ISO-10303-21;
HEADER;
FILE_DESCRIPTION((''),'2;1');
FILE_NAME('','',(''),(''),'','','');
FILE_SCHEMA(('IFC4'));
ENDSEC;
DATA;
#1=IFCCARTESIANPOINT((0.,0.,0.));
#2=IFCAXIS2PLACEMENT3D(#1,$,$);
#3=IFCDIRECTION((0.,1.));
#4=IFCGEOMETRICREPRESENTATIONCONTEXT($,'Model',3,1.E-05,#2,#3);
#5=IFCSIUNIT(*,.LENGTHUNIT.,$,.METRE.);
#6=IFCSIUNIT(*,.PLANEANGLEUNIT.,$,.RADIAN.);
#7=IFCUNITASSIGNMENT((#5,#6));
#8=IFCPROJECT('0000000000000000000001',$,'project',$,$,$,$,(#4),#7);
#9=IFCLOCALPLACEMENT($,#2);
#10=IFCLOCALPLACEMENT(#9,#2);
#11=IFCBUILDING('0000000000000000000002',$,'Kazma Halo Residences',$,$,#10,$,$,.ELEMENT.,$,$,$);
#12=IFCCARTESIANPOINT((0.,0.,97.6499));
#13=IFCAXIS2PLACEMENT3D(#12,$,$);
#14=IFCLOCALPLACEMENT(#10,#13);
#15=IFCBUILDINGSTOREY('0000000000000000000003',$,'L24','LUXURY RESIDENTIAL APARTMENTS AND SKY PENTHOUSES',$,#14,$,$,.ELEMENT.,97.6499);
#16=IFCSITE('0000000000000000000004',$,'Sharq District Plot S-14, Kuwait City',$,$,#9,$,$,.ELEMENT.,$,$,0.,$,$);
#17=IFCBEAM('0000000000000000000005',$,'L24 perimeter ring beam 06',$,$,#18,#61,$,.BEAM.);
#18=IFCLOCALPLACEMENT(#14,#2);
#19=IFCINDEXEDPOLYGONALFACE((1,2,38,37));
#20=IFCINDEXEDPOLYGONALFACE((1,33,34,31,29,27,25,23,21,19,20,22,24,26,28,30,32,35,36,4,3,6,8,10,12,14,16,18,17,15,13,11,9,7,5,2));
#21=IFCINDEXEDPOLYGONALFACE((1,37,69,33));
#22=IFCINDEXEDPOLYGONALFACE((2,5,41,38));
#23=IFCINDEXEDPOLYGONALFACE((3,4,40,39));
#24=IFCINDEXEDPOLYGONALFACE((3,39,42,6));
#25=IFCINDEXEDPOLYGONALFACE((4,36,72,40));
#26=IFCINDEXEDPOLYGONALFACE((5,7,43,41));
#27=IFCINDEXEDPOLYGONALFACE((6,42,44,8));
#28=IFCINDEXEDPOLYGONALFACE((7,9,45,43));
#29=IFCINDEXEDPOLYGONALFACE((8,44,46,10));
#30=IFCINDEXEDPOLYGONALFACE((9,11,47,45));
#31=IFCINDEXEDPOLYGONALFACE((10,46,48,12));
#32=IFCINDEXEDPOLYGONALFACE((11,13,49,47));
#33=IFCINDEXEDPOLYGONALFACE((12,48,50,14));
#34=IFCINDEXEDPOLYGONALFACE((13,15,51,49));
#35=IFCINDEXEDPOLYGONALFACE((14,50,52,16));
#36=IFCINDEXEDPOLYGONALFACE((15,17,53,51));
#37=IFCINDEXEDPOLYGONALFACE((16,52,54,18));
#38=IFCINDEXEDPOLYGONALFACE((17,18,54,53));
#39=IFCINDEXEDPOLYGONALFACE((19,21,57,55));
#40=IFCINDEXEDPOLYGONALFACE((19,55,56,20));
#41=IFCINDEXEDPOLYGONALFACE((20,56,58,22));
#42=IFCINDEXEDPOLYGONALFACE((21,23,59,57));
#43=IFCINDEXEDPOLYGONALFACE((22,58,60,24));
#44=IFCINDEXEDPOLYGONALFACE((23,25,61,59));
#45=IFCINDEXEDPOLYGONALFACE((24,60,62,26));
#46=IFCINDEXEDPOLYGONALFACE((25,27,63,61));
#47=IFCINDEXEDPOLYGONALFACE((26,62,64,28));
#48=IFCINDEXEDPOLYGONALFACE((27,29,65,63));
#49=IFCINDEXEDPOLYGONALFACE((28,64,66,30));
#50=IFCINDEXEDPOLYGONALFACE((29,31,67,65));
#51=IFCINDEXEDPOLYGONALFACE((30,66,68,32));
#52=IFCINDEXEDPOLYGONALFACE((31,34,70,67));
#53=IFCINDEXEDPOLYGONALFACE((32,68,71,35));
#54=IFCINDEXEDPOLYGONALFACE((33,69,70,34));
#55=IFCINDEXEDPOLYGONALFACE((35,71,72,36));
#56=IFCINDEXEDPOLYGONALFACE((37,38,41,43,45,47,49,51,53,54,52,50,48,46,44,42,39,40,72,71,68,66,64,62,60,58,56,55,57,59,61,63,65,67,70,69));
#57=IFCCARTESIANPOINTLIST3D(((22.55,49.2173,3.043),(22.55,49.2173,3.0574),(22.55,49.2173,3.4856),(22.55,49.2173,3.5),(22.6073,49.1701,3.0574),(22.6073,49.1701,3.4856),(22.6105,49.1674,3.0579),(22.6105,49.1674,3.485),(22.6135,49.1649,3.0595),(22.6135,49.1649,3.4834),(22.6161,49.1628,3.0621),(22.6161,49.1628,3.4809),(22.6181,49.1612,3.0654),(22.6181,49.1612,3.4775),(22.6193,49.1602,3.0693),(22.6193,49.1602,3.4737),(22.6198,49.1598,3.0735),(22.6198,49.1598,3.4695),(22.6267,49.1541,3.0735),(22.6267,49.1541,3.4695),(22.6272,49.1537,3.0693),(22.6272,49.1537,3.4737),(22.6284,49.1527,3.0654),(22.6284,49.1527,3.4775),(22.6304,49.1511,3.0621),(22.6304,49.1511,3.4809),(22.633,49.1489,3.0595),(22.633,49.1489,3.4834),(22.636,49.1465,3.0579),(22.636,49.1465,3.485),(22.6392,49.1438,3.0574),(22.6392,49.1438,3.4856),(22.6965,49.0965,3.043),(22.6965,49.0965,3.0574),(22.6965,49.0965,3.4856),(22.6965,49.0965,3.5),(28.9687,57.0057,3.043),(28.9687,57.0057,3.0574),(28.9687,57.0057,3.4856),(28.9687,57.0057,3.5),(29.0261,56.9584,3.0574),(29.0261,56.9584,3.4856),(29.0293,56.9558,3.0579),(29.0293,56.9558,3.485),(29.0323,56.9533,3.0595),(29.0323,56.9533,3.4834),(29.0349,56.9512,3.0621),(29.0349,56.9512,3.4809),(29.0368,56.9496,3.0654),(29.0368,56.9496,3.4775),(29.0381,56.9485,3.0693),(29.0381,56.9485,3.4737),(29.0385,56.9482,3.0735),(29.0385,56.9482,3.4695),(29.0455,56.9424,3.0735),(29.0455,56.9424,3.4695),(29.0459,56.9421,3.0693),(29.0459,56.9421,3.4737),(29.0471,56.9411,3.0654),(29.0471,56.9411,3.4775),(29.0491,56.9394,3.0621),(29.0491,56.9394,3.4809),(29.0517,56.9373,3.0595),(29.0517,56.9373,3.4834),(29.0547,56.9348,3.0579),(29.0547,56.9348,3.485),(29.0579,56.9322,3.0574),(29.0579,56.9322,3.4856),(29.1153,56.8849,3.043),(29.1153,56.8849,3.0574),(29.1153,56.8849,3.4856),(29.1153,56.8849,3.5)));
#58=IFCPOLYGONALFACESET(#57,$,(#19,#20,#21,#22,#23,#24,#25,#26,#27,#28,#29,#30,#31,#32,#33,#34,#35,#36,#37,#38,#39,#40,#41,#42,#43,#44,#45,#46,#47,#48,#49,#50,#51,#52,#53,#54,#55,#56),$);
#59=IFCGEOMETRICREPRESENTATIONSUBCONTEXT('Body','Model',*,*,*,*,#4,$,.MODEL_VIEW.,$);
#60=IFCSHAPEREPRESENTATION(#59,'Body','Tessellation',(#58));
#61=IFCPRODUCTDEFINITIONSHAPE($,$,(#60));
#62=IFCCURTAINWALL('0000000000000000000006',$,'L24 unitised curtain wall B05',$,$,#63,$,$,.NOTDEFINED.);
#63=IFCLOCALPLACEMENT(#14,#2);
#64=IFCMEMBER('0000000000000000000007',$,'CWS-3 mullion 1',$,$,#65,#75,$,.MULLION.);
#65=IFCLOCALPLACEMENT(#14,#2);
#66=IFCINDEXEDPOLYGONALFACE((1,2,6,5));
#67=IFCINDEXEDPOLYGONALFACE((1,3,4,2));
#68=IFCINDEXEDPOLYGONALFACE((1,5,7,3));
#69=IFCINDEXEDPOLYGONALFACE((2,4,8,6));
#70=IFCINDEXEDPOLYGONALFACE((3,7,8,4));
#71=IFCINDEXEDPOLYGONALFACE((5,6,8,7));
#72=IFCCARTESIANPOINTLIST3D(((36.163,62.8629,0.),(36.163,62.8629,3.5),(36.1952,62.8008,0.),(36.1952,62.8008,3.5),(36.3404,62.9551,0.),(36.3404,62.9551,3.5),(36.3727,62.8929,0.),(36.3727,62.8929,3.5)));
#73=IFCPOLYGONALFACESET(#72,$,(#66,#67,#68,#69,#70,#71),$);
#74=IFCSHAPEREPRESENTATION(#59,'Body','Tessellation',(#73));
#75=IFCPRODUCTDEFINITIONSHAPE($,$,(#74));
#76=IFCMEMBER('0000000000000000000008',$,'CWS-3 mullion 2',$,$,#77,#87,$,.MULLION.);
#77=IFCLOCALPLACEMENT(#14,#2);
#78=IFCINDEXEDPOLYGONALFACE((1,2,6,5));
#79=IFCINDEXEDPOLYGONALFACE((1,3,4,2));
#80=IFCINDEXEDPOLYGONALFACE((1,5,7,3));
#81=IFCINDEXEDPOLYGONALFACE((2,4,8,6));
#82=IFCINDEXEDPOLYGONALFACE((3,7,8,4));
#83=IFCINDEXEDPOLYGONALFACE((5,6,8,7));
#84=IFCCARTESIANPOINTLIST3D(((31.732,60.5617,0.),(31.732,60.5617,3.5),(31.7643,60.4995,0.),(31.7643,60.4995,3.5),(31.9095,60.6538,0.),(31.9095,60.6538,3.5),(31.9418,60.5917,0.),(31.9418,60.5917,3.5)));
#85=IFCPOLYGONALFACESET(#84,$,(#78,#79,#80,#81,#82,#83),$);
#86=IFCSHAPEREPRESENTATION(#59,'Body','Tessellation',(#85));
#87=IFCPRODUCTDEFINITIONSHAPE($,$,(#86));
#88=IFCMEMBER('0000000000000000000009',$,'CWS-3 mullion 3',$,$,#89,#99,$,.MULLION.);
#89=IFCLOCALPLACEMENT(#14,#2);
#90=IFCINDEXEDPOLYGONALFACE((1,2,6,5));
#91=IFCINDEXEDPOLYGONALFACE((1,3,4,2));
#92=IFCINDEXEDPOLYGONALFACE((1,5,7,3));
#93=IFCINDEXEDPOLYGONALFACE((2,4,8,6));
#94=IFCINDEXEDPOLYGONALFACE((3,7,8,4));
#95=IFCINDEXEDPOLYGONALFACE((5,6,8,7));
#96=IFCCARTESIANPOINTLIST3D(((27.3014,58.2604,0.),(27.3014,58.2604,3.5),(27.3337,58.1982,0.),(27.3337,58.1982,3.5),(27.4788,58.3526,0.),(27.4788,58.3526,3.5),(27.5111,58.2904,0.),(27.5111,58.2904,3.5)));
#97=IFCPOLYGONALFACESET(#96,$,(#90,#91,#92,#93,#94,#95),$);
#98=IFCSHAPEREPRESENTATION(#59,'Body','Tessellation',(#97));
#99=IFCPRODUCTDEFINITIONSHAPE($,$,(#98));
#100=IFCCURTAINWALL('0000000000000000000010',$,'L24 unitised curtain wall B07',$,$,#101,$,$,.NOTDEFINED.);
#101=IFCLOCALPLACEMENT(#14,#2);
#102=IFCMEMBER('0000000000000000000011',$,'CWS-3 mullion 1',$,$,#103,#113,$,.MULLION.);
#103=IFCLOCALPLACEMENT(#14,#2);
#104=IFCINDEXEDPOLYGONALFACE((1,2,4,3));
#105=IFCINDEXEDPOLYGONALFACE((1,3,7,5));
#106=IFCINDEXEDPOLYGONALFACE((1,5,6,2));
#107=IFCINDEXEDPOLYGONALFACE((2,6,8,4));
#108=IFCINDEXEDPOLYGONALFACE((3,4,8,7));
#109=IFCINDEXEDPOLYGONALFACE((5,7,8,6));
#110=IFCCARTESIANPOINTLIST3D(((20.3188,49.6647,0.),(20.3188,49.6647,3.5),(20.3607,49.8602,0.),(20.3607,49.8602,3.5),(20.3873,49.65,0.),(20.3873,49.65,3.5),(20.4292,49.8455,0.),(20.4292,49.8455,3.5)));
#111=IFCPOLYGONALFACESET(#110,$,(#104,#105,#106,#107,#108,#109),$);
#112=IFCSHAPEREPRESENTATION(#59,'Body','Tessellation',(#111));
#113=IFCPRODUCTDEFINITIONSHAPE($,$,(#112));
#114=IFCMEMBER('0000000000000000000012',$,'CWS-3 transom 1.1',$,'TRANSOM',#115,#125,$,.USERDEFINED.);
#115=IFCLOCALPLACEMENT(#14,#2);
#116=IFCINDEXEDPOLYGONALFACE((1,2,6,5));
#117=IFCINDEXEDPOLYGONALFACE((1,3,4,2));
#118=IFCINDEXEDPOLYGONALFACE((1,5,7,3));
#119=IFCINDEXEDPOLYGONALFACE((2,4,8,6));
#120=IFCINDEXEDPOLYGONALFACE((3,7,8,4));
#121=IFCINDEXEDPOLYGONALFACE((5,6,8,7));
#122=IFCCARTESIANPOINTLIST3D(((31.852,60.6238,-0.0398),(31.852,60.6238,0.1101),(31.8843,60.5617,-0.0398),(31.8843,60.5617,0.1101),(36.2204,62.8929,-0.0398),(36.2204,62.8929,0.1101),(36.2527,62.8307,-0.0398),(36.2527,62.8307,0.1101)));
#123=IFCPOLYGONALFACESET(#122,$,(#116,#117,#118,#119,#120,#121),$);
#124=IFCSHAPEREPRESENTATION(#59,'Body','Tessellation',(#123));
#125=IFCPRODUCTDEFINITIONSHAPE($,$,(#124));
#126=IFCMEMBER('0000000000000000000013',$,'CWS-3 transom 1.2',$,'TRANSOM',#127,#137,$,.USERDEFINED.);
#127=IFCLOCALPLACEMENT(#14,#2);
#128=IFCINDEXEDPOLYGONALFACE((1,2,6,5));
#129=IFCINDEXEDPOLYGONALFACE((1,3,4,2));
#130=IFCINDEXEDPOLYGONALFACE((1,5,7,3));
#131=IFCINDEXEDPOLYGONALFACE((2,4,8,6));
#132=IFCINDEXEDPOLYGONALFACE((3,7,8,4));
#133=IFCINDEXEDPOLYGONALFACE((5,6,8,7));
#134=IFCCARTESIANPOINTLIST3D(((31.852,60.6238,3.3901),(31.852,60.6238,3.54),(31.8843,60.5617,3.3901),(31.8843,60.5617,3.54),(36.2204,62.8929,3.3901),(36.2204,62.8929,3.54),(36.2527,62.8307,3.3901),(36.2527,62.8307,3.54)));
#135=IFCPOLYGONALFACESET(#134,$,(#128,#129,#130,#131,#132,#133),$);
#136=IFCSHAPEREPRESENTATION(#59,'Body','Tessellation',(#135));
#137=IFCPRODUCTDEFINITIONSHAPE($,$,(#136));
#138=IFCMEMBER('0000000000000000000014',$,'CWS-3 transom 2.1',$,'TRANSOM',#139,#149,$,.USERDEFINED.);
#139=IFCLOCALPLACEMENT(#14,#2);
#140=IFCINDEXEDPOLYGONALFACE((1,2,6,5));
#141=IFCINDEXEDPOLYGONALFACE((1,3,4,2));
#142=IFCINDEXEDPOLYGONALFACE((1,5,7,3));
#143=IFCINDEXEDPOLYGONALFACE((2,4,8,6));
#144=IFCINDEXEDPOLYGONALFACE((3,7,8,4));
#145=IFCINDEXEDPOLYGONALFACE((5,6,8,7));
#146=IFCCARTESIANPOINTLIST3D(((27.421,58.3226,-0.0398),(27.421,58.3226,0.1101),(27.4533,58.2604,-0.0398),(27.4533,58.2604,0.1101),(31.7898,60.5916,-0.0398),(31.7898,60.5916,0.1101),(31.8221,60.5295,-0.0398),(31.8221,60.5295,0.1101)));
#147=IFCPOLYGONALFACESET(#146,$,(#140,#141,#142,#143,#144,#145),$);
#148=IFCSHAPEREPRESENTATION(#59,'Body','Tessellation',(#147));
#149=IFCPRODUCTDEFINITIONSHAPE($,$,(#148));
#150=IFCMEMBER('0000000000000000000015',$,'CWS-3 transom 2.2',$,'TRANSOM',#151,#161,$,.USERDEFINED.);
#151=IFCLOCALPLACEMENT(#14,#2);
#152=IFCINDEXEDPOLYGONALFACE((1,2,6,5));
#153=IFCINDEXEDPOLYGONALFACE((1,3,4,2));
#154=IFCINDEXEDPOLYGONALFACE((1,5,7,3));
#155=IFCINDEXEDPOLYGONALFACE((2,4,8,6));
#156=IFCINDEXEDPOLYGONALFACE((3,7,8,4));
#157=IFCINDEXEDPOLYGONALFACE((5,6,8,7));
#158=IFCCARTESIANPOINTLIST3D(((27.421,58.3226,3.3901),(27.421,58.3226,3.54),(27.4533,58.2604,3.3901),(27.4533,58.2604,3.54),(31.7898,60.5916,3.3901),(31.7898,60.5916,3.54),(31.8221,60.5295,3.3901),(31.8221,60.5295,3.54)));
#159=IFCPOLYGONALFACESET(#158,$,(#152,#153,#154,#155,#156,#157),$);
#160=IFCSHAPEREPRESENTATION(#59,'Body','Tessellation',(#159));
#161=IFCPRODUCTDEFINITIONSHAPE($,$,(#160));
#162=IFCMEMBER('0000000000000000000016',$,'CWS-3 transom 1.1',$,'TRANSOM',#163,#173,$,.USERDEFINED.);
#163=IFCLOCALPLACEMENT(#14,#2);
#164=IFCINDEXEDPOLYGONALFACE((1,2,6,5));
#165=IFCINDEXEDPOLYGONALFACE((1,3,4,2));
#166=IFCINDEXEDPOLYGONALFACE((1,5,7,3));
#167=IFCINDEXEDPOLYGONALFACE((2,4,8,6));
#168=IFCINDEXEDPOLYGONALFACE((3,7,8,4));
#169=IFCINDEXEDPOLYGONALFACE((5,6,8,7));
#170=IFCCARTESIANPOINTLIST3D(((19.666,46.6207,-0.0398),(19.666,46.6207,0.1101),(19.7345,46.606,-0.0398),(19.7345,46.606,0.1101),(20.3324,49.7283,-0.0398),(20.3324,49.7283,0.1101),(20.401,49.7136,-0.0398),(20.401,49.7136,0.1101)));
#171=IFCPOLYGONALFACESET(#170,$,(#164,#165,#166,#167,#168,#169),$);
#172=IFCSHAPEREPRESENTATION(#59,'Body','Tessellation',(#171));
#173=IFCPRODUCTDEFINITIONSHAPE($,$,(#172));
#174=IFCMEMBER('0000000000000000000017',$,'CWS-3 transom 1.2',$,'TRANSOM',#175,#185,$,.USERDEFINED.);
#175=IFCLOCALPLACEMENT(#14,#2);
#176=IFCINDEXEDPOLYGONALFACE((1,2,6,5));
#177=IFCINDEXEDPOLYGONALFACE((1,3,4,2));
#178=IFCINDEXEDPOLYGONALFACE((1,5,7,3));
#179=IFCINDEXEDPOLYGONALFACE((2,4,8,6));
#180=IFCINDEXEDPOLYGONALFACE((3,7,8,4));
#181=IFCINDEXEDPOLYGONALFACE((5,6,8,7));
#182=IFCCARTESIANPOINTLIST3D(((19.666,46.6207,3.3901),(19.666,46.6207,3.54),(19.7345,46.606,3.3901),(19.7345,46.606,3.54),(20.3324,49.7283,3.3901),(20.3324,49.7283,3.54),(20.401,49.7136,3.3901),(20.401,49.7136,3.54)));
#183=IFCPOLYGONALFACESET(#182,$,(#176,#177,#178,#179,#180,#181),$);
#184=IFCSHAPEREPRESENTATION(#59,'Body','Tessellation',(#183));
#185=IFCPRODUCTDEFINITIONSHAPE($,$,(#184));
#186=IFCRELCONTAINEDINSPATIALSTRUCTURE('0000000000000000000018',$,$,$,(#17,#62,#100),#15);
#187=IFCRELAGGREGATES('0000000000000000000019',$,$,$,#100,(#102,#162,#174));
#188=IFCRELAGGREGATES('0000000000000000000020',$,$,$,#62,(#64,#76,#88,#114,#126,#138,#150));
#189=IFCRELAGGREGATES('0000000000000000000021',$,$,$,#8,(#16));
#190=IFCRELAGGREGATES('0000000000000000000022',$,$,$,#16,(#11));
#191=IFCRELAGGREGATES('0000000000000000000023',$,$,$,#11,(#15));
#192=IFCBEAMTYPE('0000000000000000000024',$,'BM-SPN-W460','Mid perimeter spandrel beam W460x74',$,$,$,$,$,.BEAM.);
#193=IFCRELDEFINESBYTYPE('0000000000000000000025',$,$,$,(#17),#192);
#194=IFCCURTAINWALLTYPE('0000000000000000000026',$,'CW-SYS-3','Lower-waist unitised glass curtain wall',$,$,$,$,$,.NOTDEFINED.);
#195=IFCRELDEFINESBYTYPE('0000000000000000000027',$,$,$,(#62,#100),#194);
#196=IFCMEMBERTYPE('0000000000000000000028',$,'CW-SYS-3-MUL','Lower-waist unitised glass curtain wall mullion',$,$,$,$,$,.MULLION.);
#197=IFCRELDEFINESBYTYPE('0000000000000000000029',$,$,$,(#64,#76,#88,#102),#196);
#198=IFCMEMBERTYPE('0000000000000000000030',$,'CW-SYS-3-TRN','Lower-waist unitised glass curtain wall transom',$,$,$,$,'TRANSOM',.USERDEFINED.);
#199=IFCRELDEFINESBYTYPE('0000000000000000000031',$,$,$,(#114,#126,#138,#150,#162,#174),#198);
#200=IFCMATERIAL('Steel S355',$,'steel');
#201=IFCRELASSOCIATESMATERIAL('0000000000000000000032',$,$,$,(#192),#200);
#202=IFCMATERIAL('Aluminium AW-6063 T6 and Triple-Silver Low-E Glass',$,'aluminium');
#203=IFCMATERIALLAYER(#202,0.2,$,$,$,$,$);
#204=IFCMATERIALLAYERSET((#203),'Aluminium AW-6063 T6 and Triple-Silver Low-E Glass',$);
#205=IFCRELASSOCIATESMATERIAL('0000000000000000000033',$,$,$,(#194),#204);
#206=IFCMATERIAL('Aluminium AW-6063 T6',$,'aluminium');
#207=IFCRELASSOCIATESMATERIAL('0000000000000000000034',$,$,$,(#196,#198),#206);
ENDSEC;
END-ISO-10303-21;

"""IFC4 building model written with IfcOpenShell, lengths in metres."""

from ifc_helpers import new_model, si_unit, direction, frame, origin, origin_2d, place, context, subcontext, project, spatial, rectangle, i_section, extrude, material, layer, layer_set, material_profile, profile_set, type_object, element, aggregate, save


model = new_model("IFC4")

# Units and contexts
model_context = context("Model", 3, precision=1e-05, world=origin(), true_north=direction((0.0, 1.0)))
body_context = subcontext(model_context, "Body", "Model", "MODEL_VIEW")
ifc_project = project(units=[si_unit("LENGTHUNIT", "METRE"), si_unit("PLANEANGLEUNIT", "RADIAN")], contexts=[model_context])

# Site, building, storey
site_placement = place(None, origin())
site = spatial("IfcSite", under=ifc_project, at=site_placement, Name="Sharq District Plot S-14, Kuwait City", CompositionType="ELEMENT", RefElevation=0.0)
building_placement = place(site_placement, origin())
building = spatial("IfcBuilding", under=site, at=building_placement, Name="Kazma Halo Residences", CompositionType="ELEMENT")
storey_placement = place(building_placement, frame((0.0, 0.0, 97.6499)))
storey = spatial("IfcBuildingStorey", under=building, at=storey_placement, Name="L24", Description="LUXURY RESIDENTIAL APARTMENTS AND SKY PENTHOUSES", CompositionType="ELEMENT", Elevation=97.6499)

# Beam
ifc_material_1 = material(Name="Steel S355", Category="steel")
ifc_material_profile_1 = material_profile(ifc_material_1, i_section(OverallWidth=0.1899, OverallDepth=0.457, WebThickness=0.009, FlangeThickness=0.0144, FilletRadius=0.0161, at=origin_2d()), Name="W460x74")
ifc_profile_set_1 = profile_set([ifc_material_profile_1], Name="Steel S355")
beam_type_1 = type_object("IfcBeamType", Name="BM-SPN-W460", Description="Mid perimeter spandrel beam W460x74", PredefinedType="BEAM", material=ifc_profile_set_1)
beam_1_placement = place(storey_placement, frame((29.042, 56.9453, 3.2715), z_axis=(-0.63599, -0.771698, 0.0), x_axis=(0.771698, -0.63599, 0.0)))
element("IfcBeam", 1, at=beam_1_placement, inside=storey, type_object=beam_type_1, Name="L24 perimeter ring beam 06", PredefinedType="BEAM", context=body_context, shape_type="SweptSolid", body=[
    extrude(i_section(OverallWidth=0.1899, OverallDepth=0.457, WebThickness=0.009, FlangeThickness=0.0144, FilletRadius=0.0161, at=origin_2d()), origin(), (0.0, 0.0, 1.0), 10.0925),
])

# Curtain wall, members
ifc_material_2 = material(Name="Aluminium AW-6063 T6 and Triple-Silver Low-E Glass", Category="aluminium")
ifc_layer_1 = layer(ifc_material_2, 0.2)
ifc_layer_set_1 = layer_set([ifc_layer_1], Name="Aluminium AW-6063 T6 and Triple-Silver Low-E Glass")
curtain_wall_type = type_object("IfcCurtainWallType", Name="CW-SYS-3", Description="Lower-waist unitised glass curtain wall", PredefinedType="NOTDEFINED", material=ifc_layer_set_1)
curtain_wall_1_placement = place(storey_placement, origin())
curtain_wall_1 = element("IfcCurtainWall", 2, at=curtain_wall_1_placement, inside=storey, type_object=curtain_wall_type, Name="L24 unitised curtain wall B05", PredefinedType="NOTDEFINED")
ifc_material_3 = material(Name="Aluminium AW-6063 T6", Category="aluminium")
ifc_material_profile_2 = material_profile(ifc_material_3, rectangle(XDim=0.0701, YDim=0.2, at=origin_2d()), Name="CWM-70x200")
ifc_profile_set_2 = profile_set([ifc_material_profile_2], Name="Aluminium AW-6063 T6")
member_type_1 = type_object("IfcMemberType", Name="CW-SYS-3-MUL", Description="Lower-waist unitised glass curtain wall mullion", PredefinedType="MULLION", material=ifc_profile_set_2)
member_1_placement = place(storey_placement, frame((36.2678, 62.8779, 0.0), z_axis=(0.0, 0.0, 1.0), x_axis=(0.460932, -0.887435, 0.0)))
member_1 = element("IfcMember", 3, at=member_1_placement, type_object=member_type_1, Name="CWS-3 mullion 1", PredefinedType="MULLION", context=body_context, shape_type="SweptSolid", body=[
    extrude(rectangle(XDim=0.0701, YDim=0.2, at=origin_2d()), origin(), (0.0, 0.0, 1.0), 3.5),
])
member_2_placement = place(storey_placement, frame((31.8369, 60.5767, 0.0), z_axis=(0.0, 0.0, 1.0), x_axis=(0.460932, -0.887435, 0.0)))
member_2 = element("IfcMember", 4, at=member_2_placement, type_object=member_type_1, Name="CWS-3 mullion 2", PredefinedType="MULLION", context=body_context, shape_type="SweptSolid", body=[
    extrude(rectangle(XDim=0.0701, YDim=0.2, at=origin_2d()), origin(), (0.0, 0.0, 1.0), 3.5),
])
member_3_placement = place(storey_placement, frame((27.4062, 58.2754, 0.0), z_axis=(0.0, 0.0, 1.0), x_axis=(0.460932, -0.887435, 0.0)))
member_3 = element("IfcMember", 5, at=member_3_placement, type_object=member_type_1, Name="CWS-3 mullion 3", PredefinedType="MULLION", context=body_context, shape_type="SweptSolid", body=[
    extrude(rectangle(XDim=0.0701, YDim=0.2, at=origin_2d()), origin(), (0.0, 0.0, 1.0), 3.5),
])

# Curtain wall, member
curtain_wall_2_placement = place(storey_placement, origin())
curtain_wall_2 = element("IfcCurtainWall", 6, at=curtain_wall_2_placement, inside=storey, type_object=curtain_wall_type, Name="L24 unitised curtain wall B07", PredefinedType="NOTDEFINED")
member_4_placement = place(storey_placement, frame((20.374, 49.7551, 0.0), z_axis=(0.0, 0.0, 1.0), x_axis=(0.977774, -0.209661, 0.0)))
member_4 = element("IfcMember", 7, at=member_4_placement, type_object=member_type_1, Name="CWS-3 mullion 1", PredefinedType="MULLION", context=body_context, shape_type="SweptSolid", body=[
    extrude(rectangle(XDim=0.0701, YDim=0.2, at=origin_2d()), origin(), (0.0, 0.0, 1.0), 3.5),
])

# Members
ifc_material_profile_3 = material_profile(ifc_material_3, rectangle(XDim=0.0701, YDim=0.1499, at=origin_2d()), Name="CWT-70x150")
ifc_profile_set_3 = profile_set([ifc_material_profile_3], Name="Aluminium AW-6063 T6")
member_type_2 = type_object("IfcMemberType", Name="CW-SYS-3-TRN", Description="Lower-waist unitised glass curtain wall transom", ElementType="TRANSOM", PredefinedType="USERDEFINED", material=ifc_profile_set_3)
member_5_placement = place(storey_placement, frame((36.2366, 62.8618, 0.0352), z_axis=(-0.887427, -0.460948, 0.0), x_axis=(0.460948, -0.887427, 0.0)))
member_5 = element("IfcMember", 8, at=member_5_placement, type_object=member_type_2, Name="CWS-3 transom 1.1", ObjectType="TRANSOM", PredefinedType="USERDEFINED", context=body_context, shape_type="SweptSolid", body=[
    extrude(rectangle(XDim=0.0701, YDim=0.1499, at=origin_2d()), origin(), (0.0, 0.0, 1.0), 4.9226),
])
member_6_placement = place(storey_placement, frame((36.2366, 62.8618, 3.4651), z_axis=(-0.887427, -0.460948, 0.0), x_axis=(0.460948, -0.887427, 0.0)))
member_6 = element("IfcMember", 9, at=member_6_placement, type_object=member_type_2, Name="CWS-3 transom 1.2", ObjectType="TRANSOM", PredefinedType="USERDEFINED", context=body_context, shape_type="SweptSolid", body=[
    extrude(rectangle(XDim=0.0701, YDim=0.1499, at=origin_2d()), origin(), (0.0, 0.0, 1.0), 4.9226),
])
member_7_placement = place(storey_placement, frame((31.8059, 60.5605, 0.0352), z_axis=(-0.887438, -0.460928, 0.0), x_axis=(0.460928, -0.887438, 0.0)))
member_7 = element("IfcMember", 10, at=member_7_placement, type_object=member_type_2, Name="CWS-3 transom 2.1", ObjectType="TRANSOM", PredefinedType="USERDEFINED", context=body_context, shape_type="SweptSolid", body=[
    extrude(rectangle(XDim=0.0701, YDim=0.1499, at=origin_2d()), origin(), (0.0, 0.0, 1.0), 4.9229),
])
member_8_placement = place(storey_placement, frame((31.8059, 60.5605, 3.4651), z_axis=(-0.887438, -0.460928, 0.0), x_axis=(0.460928, -0.887438, 0.0)))
member_8 = element("IfcMember", 11, at=member_8_placement, type_object=member_type_2, Name="CWS-3 transom 2.2", ObjectType="TRANSOM", PredefinedType="USERDEFINED", context=body_context, shape_type="SweptSolid", body=[
    extrude(rectangle(XDim=0.0701, YDim=0.1499, at=origin_2d()), origin(), (0.0, 0.0, 1.0), 4.9229),
])
member_9_placement = place(storey_placement, frame((20.3667, 49.7209, 0.0352), z_axis=(-0.209702, -0.977765, 0.0), x_axis=(0.977765, -0.209702, 0.0)))
member_9 = element("IfcMember", 12, at=member_9_placement, type_object=member_type_2, Name="CWS-3 transom 1.1", ObjectType="TRANSOM", PredefinedType="USERDEFINED", context=body_context, shape_type="SweptSolid", body=[
    extrude(rectangle(XDim=0.0701, YDim=0.1499, at=origin_2d()), origin(), (0.0, 0.0, 1.0), 3.1782),
])
member_10_placement = place(storey_placement, frame((20.3667, 49.7209, 3.4651), z_axis=(-0.209702, -0.977765, 0.0), x_axis=(0.977765, -0.209702, 0.0)))
member_10 = element("IfcMember", 13, at=member_10_placement, type_object=member_type_2, Name="CWS-3 transom 1.2", ObjectType="TRANSOM", PredefinedType="USERDEFINED", context=body_context, shape_type="SweptSolid", body=[
    extrude(rectangle(XDim=0.0701, YDim=0.1499, at=origin_2d()), origin(), (0.0, 0.0, 1.0), 3.1782),
])
aggregate(curtain_wall_2, [member_4, member_9, member_10])

aggregate(curtain_wall_1, [member_1, member_2, member_3, member_5, member_6, member_7, member_8])

save(model, "model.ifc")
